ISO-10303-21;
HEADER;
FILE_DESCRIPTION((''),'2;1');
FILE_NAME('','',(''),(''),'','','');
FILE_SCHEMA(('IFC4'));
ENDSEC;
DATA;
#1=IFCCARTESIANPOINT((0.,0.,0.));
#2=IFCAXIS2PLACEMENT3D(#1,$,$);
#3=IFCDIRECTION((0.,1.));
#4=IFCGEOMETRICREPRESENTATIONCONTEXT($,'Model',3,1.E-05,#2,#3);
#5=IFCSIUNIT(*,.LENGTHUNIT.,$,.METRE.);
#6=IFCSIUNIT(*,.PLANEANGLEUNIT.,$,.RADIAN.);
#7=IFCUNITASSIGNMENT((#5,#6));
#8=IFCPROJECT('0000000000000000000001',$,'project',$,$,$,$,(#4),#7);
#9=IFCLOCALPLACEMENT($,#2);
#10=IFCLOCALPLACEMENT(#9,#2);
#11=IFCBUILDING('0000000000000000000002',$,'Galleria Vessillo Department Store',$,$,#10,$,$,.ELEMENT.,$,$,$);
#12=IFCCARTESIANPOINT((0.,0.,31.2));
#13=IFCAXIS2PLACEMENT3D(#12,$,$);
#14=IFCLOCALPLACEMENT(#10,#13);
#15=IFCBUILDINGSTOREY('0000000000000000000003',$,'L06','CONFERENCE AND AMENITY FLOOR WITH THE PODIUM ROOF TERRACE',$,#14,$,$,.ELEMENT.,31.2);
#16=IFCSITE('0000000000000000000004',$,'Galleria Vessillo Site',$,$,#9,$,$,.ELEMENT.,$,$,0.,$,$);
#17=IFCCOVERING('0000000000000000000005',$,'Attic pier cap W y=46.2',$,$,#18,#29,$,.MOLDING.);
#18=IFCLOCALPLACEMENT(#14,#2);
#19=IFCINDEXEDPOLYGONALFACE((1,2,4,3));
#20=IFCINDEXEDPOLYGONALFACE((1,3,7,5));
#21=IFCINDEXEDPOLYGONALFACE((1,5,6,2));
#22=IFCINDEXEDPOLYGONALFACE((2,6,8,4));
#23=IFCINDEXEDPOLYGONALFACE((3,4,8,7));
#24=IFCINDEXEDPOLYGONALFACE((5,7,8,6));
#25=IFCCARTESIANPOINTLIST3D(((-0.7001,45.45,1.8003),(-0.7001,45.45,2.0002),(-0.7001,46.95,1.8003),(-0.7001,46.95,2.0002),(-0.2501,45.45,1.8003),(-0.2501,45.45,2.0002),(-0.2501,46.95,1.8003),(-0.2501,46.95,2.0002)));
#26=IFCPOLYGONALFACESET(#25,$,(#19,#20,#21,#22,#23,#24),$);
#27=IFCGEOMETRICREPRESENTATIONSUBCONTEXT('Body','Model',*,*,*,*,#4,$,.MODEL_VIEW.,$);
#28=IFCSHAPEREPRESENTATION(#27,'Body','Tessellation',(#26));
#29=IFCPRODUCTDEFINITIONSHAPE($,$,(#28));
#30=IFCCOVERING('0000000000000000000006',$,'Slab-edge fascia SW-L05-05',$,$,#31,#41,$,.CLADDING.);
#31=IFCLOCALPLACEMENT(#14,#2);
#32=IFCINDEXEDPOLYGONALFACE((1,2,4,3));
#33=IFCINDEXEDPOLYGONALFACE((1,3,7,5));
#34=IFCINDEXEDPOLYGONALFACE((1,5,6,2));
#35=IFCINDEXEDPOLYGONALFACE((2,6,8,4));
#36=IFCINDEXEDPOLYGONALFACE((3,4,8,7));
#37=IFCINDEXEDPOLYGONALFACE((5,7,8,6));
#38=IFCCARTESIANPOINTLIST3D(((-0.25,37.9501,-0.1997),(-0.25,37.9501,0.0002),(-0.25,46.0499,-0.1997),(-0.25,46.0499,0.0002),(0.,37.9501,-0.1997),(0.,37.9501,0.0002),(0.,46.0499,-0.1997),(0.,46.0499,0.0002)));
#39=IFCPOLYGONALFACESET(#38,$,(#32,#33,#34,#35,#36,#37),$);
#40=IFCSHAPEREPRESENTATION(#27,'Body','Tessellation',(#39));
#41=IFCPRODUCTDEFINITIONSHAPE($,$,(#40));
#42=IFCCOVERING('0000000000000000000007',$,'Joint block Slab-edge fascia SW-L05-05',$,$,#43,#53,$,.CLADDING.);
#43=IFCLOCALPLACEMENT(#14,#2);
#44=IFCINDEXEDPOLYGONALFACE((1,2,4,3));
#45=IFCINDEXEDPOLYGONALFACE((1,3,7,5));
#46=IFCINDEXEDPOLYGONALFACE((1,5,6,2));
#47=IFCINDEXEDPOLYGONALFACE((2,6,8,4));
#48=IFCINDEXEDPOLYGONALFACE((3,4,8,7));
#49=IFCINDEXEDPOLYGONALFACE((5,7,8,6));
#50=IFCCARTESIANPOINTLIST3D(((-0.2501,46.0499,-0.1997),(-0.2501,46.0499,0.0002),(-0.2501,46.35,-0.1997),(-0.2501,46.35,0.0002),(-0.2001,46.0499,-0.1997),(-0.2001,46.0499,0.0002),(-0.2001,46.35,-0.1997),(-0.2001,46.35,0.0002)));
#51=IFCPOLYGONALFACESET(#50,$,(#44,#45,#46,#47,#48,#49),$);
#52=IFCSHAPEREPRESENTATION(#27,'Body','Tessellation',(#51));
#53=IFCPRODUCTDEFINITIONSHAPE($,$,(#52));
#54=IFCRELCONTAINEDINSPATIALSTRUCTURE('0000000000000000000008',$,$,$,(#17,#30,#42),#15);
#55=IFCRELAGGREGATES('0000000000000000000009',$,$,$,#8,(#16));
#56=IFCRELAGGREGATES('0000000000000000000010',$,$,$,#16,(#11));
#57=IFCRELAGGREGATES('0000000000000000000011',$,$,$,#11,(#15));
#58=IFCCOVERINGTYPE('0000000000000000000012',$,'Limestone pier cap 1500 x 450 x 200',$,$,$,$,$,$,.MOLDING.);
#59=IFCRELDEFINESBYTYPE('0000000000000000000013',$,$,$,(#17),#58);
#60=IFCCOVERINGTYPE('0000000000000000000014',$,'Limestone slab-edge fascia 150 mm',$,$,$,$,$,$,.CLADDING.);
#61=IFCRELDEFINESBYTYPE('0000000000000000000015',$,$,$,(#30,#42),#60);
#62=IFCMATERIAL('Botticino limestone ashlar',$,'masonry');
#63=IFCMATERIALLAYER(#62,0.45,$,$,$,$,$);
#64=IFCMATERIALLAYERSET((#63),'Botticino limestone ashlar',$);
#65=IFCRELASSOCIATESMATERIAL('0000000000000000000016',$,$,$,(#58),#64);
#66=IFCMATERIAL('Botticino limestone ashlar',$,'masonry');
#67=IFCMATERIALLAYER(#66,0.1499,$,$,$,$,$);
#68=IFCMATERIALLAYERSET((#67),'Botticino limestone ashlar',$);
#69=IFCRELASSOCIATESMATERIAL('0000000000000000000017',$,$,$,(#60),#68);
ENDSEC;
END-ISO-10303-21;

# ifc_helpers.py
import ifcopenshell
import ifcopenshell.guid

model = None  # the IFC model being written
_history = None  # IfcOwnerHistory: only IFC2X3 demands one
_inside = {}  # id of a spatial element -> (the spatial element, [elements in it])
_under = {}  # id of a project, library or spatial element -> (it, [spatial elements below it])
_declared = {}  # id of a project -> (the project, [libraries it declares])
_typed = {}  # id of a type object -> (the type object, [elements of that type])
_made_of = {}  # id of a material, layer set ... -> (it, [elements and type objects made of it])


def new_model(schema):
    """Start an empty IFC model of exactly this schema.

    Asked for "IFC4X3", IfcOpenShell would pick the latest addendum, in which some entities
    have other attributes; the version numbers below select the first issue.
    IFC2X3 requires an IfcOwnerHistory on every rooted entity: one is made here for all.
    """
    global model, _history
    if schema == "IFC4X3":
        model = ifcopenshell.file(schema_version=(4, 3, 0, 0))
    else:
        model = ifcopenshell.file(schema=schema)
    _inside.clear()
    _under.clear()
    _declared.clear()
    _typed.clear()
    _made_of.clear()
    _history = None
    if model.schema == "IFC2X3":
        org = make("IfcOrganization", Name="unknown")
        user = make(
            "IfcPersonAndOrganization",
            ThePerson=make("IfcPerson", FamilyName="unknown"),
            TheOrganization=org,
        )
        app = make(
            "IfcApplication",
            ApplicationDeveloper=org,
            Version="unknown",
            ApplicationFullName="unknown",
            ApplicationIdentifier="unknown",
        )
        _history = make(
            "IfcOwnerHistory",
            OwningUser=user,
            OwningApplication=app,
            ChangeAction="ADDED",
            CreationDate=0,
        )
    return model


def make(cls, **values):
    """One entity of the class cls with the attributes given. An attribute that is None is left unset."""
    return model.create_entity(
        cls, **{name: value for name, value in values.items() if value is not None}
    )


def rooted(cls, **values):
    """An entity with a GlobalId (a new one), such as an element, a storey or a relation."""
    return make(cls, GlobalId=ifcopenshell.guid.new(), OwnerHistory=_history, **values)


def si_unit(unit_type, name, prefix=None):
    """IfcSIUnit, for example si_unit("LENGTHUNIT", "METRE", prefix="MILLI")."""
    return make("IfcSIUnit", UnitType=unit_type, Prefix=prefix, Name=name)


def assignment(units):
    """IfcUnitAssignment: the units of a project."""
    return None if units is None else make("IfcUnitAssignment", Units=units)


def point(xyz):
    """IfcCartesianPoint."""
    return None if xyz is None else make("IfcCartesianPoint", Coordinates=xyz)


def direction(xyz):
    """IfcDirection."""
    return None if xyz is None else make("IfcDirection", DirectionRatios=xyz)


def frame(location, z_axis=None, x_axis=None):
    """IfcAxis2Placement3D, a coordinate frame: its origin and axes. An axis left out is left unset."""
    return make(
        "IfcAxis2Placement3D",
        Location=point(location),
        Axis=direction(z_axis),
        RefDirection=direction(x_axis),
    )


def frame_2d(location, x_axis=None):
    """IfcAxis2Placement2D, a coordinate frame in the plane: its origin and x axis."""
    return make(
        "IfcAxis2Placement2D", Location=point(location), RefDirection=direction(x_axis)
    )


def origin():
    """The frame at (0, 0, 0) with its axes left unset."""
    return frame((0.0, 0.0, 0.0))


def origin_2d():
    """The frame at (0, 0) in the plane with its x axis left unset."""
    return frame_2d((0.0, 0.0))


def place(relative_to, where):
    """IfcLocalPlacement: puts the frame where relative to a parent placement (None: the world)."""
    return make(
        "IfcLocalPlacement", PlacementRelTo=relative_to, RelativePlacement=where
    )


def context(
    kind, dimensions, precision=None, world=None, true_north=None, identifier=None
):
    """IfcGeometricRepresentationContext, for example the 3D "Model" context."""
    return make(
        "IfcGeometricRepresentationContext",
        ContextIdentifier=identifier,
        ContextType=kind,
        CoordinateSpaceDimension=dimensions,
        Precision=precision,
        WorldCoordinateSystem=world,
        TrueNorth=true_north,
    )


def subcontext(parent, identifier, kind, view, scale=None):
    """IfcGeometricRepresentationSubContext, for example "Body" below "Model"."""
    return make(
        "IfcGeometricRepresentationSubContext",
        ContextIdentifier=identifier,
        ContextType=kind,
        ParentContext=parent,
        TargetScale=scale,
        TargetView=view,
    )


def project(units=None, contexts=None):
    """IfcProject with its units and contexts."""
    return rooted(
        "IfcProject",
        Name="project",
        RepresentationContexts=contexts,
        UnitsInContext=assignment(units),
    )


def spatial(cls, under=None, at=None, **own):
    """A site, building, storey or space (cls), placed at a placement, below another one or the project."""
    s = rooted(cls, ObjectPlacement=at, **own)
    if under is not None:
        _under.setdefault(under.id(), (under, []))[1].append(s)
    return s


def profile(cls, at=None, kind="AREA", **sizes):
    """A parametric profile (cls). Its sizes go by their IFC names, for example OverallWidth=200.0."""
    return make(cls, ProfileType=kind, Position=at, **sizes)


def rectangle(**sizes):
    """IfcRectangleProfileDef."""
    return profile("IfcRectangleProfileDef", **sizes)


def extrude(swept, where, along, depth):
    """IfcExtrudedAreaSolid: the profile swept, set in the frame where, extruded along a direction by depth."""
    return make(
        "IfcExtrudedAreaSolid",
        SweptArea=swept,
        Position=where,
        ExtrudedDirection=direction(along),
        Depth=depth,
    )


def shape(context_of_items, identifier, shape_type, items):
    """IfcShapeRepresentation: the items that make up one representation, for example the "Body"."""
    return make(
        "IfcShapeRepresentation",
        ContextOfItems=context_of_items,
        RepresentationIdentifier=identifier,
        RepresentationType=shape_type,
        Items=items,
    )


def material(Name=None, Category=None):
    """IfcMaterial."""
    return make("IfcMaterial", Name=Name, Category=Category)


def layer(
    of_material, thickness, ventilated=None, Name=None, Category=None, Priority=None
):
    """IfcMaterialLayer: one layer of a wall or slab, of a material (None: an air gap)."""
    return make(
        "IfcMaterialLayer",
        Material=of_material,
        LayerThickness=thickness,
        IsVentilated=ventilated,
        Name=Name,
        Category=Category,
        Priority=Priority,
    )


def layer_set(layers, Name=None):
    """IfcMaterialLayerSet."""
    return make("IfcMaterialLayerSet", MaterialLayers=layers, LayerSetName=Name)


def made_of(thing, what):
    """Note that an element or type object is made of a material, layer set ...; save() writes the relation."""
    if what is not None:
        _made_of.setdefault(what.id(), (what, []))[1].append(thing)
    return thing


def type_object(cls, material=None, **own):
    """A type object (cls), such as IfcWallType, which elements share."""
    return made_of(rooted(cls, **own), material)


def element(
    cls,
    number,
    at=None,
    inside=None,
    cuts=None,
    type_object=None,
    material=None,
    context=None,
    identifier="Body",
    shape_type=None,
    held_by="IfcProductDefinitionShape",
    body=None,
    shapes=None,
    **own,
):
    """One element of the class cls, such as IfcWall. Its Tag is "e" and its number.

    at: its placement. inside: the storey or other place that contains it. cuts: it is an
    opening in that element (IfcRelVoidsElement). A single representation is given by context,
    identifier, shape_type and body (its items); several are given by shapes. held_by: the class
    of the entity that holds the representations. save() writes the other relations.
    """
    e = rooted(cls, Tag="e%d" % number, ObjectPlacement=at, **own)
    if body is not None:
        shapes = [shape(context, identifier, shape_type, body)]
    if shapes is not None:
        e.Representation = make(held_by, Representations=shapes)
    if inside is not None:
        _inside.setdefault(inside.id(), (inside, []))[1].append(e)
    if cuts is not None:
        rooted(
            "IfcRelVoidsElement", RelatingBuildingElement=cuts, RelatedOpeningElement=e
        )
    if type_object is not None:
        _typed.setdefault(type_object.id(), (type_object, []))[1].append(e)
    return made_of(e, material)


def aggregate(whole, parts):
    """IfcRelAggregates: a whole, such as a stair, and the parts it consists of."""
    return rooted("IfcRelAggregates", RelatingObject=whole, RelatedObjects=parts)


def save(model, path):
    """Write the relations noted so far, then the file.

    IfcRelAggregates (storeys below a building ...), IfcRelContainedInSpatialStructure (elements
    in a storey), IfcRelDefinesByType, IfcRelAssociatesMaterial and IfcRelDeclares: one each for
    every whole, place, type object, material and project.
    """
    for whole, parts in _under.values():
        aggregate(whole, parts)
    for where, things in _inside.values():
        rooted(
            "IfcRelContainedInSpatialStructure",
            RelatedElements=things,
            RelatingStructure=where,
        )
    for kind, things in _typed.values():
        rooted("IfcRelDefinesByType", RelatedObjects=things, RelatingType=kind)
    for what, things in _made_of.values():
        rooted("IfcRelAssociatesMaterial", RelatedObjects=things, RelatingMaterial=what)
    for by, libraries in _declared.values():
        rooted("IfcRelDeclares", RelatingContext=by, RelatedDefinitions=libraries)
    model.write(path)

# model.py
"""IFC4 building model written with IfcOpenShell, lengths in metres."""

from ifc_helpers import new_model, si_unit, direction, frame, origin, origin_2d, place, context, subcontext, project, spatial, rectangle, extrude, material, layer, layer_set, type_object, element, save


model = new_model("IFC4")

# Units and contexts
model_context = context("Model", 3, precision=1e-05, world=origin(), true_north=direction((0.0, 1.0)))
body_context = subcontext(model_context, "Body", "Model", "MODEL_VIEW")
ifc_project = project(units=[si_unit("LENGTHUNIT", "METRE"), si_unit("PLANEANGLEUNIT", "RADIAN")], contexts=[model_context])

# Site, building, storey
site_placement = place(None, origin())
site = spatial("IfcSite", under=ifc_project, at=site_placement, Name="Galleria Vessillo Site", CompositionType="ELEMENT", RefElevation=0.0)
building_placement = place(site_placement, origin())
building = spatial("IfcBuilding", under=site, at=building_placement, Name="Galleria Vessillo Department Store", CompositionType="ELEMENT")
storey_placement = place(building_placement, frame((0.0, 0.0, 31.2)))
storey = spatial("IfcBuildingStorey", under=building, at=storey_placement, Name="L06", Description="CONFERENCE AND AMENITY FLOOR WITH THE PODIUM ROOF TERRACE", CompositionType="ELEMENT", Elevation=31.2)

# Coverings
ifc_material_1 = material(Name="Botticino limestone ashlar", Category="masonry")
ifc_layer_1 = layer(ifc_material_1, 0.45)
ifc_layer_set_1 = layer_set([ifc_layer_1], Name="Botticino limestone ashlar")
covering_type_1 = type_object("IfcCoveringType", Name="Limestone pier cap 1500 x 450 x 200", PredefinedType="MOLDING", material=ifc_layer_set_1)
covering_1_placement = place(storey_placement, frame((-0.4751, 46.2, 1.8003), z_axis=(0.0, 0.0, 1.0), x_axis=(1.0, 0.0, 0.0)))
element("IfcCovering", 1, at=covering_1_placement, inside=storey, type_object=covering_type_1, Name="Attic pier cap W y=46.2", PredefinedType="MOLDING", context=body_context, shape_type="SweptSolid", body=[
    extrude(rectangle(XDim=0.45, YDim=1.5, at=origin_2d()), origin(), (0.0, 0.0, 1.0), 0.2),
])
ifc_material_2 = material(Name="Botticino limestone ashlar", Category="masonry")
ifc_layer_2 = layer(ifc_material_2, 0.1499)
ifc_layer_set_2 = layer_set([ifc_layer_2], Name="Botticino limestone ashlar")
covering_type_2 = type_object("IfcCoveringType", Name="Limestone slab-edge fascia 150 mm", PredefinedType="CLADDING", material=ifc_layer_set_2)
covering_2_placement = place(storey_placement, frame((-0.125, 42.0, -0.1997), z_axis=(0.0, 0.0, 1.0), x_axis=(1.0, 0.0, 0.0)))
element("IfcCovering", 2, at=covering_2_placement, inside=storey, type_object=covering_type_2, Name="Slab-edge fascia SW-L05-05", PredefinedType="CLADDING", context=body_context, shape_type="SweptSolid", body=[
    extrude(rectangle(XDim=0.25, YDim=8.0999, at=origin_2d()), origin(), (0.0, 0.0, 1.0), 0.2),
])
covering_3_placement = place(storey_placement, frame((-0.2251, 46.2, -0.1997), z_axis=(0.0, 0.0, 1.0), x_axis=(1.0, 0.0, 0.0)))
element("IfcCovering", 3, at=covering_3_placement, inside=storey, type_object=covering_type_2, Name="Joint block Slab-edge fascia SW-L05-05", PredefinedType="CLADDING", context=body_context, shape_type="SweptSolid", body=[
    extrude(rectangle(XDim=0.05, YDim=0.3, at=origin_2d()), origin(), (0.0, 0.0, 1.0), 0.2),
])

save(model, "model.ifc")
